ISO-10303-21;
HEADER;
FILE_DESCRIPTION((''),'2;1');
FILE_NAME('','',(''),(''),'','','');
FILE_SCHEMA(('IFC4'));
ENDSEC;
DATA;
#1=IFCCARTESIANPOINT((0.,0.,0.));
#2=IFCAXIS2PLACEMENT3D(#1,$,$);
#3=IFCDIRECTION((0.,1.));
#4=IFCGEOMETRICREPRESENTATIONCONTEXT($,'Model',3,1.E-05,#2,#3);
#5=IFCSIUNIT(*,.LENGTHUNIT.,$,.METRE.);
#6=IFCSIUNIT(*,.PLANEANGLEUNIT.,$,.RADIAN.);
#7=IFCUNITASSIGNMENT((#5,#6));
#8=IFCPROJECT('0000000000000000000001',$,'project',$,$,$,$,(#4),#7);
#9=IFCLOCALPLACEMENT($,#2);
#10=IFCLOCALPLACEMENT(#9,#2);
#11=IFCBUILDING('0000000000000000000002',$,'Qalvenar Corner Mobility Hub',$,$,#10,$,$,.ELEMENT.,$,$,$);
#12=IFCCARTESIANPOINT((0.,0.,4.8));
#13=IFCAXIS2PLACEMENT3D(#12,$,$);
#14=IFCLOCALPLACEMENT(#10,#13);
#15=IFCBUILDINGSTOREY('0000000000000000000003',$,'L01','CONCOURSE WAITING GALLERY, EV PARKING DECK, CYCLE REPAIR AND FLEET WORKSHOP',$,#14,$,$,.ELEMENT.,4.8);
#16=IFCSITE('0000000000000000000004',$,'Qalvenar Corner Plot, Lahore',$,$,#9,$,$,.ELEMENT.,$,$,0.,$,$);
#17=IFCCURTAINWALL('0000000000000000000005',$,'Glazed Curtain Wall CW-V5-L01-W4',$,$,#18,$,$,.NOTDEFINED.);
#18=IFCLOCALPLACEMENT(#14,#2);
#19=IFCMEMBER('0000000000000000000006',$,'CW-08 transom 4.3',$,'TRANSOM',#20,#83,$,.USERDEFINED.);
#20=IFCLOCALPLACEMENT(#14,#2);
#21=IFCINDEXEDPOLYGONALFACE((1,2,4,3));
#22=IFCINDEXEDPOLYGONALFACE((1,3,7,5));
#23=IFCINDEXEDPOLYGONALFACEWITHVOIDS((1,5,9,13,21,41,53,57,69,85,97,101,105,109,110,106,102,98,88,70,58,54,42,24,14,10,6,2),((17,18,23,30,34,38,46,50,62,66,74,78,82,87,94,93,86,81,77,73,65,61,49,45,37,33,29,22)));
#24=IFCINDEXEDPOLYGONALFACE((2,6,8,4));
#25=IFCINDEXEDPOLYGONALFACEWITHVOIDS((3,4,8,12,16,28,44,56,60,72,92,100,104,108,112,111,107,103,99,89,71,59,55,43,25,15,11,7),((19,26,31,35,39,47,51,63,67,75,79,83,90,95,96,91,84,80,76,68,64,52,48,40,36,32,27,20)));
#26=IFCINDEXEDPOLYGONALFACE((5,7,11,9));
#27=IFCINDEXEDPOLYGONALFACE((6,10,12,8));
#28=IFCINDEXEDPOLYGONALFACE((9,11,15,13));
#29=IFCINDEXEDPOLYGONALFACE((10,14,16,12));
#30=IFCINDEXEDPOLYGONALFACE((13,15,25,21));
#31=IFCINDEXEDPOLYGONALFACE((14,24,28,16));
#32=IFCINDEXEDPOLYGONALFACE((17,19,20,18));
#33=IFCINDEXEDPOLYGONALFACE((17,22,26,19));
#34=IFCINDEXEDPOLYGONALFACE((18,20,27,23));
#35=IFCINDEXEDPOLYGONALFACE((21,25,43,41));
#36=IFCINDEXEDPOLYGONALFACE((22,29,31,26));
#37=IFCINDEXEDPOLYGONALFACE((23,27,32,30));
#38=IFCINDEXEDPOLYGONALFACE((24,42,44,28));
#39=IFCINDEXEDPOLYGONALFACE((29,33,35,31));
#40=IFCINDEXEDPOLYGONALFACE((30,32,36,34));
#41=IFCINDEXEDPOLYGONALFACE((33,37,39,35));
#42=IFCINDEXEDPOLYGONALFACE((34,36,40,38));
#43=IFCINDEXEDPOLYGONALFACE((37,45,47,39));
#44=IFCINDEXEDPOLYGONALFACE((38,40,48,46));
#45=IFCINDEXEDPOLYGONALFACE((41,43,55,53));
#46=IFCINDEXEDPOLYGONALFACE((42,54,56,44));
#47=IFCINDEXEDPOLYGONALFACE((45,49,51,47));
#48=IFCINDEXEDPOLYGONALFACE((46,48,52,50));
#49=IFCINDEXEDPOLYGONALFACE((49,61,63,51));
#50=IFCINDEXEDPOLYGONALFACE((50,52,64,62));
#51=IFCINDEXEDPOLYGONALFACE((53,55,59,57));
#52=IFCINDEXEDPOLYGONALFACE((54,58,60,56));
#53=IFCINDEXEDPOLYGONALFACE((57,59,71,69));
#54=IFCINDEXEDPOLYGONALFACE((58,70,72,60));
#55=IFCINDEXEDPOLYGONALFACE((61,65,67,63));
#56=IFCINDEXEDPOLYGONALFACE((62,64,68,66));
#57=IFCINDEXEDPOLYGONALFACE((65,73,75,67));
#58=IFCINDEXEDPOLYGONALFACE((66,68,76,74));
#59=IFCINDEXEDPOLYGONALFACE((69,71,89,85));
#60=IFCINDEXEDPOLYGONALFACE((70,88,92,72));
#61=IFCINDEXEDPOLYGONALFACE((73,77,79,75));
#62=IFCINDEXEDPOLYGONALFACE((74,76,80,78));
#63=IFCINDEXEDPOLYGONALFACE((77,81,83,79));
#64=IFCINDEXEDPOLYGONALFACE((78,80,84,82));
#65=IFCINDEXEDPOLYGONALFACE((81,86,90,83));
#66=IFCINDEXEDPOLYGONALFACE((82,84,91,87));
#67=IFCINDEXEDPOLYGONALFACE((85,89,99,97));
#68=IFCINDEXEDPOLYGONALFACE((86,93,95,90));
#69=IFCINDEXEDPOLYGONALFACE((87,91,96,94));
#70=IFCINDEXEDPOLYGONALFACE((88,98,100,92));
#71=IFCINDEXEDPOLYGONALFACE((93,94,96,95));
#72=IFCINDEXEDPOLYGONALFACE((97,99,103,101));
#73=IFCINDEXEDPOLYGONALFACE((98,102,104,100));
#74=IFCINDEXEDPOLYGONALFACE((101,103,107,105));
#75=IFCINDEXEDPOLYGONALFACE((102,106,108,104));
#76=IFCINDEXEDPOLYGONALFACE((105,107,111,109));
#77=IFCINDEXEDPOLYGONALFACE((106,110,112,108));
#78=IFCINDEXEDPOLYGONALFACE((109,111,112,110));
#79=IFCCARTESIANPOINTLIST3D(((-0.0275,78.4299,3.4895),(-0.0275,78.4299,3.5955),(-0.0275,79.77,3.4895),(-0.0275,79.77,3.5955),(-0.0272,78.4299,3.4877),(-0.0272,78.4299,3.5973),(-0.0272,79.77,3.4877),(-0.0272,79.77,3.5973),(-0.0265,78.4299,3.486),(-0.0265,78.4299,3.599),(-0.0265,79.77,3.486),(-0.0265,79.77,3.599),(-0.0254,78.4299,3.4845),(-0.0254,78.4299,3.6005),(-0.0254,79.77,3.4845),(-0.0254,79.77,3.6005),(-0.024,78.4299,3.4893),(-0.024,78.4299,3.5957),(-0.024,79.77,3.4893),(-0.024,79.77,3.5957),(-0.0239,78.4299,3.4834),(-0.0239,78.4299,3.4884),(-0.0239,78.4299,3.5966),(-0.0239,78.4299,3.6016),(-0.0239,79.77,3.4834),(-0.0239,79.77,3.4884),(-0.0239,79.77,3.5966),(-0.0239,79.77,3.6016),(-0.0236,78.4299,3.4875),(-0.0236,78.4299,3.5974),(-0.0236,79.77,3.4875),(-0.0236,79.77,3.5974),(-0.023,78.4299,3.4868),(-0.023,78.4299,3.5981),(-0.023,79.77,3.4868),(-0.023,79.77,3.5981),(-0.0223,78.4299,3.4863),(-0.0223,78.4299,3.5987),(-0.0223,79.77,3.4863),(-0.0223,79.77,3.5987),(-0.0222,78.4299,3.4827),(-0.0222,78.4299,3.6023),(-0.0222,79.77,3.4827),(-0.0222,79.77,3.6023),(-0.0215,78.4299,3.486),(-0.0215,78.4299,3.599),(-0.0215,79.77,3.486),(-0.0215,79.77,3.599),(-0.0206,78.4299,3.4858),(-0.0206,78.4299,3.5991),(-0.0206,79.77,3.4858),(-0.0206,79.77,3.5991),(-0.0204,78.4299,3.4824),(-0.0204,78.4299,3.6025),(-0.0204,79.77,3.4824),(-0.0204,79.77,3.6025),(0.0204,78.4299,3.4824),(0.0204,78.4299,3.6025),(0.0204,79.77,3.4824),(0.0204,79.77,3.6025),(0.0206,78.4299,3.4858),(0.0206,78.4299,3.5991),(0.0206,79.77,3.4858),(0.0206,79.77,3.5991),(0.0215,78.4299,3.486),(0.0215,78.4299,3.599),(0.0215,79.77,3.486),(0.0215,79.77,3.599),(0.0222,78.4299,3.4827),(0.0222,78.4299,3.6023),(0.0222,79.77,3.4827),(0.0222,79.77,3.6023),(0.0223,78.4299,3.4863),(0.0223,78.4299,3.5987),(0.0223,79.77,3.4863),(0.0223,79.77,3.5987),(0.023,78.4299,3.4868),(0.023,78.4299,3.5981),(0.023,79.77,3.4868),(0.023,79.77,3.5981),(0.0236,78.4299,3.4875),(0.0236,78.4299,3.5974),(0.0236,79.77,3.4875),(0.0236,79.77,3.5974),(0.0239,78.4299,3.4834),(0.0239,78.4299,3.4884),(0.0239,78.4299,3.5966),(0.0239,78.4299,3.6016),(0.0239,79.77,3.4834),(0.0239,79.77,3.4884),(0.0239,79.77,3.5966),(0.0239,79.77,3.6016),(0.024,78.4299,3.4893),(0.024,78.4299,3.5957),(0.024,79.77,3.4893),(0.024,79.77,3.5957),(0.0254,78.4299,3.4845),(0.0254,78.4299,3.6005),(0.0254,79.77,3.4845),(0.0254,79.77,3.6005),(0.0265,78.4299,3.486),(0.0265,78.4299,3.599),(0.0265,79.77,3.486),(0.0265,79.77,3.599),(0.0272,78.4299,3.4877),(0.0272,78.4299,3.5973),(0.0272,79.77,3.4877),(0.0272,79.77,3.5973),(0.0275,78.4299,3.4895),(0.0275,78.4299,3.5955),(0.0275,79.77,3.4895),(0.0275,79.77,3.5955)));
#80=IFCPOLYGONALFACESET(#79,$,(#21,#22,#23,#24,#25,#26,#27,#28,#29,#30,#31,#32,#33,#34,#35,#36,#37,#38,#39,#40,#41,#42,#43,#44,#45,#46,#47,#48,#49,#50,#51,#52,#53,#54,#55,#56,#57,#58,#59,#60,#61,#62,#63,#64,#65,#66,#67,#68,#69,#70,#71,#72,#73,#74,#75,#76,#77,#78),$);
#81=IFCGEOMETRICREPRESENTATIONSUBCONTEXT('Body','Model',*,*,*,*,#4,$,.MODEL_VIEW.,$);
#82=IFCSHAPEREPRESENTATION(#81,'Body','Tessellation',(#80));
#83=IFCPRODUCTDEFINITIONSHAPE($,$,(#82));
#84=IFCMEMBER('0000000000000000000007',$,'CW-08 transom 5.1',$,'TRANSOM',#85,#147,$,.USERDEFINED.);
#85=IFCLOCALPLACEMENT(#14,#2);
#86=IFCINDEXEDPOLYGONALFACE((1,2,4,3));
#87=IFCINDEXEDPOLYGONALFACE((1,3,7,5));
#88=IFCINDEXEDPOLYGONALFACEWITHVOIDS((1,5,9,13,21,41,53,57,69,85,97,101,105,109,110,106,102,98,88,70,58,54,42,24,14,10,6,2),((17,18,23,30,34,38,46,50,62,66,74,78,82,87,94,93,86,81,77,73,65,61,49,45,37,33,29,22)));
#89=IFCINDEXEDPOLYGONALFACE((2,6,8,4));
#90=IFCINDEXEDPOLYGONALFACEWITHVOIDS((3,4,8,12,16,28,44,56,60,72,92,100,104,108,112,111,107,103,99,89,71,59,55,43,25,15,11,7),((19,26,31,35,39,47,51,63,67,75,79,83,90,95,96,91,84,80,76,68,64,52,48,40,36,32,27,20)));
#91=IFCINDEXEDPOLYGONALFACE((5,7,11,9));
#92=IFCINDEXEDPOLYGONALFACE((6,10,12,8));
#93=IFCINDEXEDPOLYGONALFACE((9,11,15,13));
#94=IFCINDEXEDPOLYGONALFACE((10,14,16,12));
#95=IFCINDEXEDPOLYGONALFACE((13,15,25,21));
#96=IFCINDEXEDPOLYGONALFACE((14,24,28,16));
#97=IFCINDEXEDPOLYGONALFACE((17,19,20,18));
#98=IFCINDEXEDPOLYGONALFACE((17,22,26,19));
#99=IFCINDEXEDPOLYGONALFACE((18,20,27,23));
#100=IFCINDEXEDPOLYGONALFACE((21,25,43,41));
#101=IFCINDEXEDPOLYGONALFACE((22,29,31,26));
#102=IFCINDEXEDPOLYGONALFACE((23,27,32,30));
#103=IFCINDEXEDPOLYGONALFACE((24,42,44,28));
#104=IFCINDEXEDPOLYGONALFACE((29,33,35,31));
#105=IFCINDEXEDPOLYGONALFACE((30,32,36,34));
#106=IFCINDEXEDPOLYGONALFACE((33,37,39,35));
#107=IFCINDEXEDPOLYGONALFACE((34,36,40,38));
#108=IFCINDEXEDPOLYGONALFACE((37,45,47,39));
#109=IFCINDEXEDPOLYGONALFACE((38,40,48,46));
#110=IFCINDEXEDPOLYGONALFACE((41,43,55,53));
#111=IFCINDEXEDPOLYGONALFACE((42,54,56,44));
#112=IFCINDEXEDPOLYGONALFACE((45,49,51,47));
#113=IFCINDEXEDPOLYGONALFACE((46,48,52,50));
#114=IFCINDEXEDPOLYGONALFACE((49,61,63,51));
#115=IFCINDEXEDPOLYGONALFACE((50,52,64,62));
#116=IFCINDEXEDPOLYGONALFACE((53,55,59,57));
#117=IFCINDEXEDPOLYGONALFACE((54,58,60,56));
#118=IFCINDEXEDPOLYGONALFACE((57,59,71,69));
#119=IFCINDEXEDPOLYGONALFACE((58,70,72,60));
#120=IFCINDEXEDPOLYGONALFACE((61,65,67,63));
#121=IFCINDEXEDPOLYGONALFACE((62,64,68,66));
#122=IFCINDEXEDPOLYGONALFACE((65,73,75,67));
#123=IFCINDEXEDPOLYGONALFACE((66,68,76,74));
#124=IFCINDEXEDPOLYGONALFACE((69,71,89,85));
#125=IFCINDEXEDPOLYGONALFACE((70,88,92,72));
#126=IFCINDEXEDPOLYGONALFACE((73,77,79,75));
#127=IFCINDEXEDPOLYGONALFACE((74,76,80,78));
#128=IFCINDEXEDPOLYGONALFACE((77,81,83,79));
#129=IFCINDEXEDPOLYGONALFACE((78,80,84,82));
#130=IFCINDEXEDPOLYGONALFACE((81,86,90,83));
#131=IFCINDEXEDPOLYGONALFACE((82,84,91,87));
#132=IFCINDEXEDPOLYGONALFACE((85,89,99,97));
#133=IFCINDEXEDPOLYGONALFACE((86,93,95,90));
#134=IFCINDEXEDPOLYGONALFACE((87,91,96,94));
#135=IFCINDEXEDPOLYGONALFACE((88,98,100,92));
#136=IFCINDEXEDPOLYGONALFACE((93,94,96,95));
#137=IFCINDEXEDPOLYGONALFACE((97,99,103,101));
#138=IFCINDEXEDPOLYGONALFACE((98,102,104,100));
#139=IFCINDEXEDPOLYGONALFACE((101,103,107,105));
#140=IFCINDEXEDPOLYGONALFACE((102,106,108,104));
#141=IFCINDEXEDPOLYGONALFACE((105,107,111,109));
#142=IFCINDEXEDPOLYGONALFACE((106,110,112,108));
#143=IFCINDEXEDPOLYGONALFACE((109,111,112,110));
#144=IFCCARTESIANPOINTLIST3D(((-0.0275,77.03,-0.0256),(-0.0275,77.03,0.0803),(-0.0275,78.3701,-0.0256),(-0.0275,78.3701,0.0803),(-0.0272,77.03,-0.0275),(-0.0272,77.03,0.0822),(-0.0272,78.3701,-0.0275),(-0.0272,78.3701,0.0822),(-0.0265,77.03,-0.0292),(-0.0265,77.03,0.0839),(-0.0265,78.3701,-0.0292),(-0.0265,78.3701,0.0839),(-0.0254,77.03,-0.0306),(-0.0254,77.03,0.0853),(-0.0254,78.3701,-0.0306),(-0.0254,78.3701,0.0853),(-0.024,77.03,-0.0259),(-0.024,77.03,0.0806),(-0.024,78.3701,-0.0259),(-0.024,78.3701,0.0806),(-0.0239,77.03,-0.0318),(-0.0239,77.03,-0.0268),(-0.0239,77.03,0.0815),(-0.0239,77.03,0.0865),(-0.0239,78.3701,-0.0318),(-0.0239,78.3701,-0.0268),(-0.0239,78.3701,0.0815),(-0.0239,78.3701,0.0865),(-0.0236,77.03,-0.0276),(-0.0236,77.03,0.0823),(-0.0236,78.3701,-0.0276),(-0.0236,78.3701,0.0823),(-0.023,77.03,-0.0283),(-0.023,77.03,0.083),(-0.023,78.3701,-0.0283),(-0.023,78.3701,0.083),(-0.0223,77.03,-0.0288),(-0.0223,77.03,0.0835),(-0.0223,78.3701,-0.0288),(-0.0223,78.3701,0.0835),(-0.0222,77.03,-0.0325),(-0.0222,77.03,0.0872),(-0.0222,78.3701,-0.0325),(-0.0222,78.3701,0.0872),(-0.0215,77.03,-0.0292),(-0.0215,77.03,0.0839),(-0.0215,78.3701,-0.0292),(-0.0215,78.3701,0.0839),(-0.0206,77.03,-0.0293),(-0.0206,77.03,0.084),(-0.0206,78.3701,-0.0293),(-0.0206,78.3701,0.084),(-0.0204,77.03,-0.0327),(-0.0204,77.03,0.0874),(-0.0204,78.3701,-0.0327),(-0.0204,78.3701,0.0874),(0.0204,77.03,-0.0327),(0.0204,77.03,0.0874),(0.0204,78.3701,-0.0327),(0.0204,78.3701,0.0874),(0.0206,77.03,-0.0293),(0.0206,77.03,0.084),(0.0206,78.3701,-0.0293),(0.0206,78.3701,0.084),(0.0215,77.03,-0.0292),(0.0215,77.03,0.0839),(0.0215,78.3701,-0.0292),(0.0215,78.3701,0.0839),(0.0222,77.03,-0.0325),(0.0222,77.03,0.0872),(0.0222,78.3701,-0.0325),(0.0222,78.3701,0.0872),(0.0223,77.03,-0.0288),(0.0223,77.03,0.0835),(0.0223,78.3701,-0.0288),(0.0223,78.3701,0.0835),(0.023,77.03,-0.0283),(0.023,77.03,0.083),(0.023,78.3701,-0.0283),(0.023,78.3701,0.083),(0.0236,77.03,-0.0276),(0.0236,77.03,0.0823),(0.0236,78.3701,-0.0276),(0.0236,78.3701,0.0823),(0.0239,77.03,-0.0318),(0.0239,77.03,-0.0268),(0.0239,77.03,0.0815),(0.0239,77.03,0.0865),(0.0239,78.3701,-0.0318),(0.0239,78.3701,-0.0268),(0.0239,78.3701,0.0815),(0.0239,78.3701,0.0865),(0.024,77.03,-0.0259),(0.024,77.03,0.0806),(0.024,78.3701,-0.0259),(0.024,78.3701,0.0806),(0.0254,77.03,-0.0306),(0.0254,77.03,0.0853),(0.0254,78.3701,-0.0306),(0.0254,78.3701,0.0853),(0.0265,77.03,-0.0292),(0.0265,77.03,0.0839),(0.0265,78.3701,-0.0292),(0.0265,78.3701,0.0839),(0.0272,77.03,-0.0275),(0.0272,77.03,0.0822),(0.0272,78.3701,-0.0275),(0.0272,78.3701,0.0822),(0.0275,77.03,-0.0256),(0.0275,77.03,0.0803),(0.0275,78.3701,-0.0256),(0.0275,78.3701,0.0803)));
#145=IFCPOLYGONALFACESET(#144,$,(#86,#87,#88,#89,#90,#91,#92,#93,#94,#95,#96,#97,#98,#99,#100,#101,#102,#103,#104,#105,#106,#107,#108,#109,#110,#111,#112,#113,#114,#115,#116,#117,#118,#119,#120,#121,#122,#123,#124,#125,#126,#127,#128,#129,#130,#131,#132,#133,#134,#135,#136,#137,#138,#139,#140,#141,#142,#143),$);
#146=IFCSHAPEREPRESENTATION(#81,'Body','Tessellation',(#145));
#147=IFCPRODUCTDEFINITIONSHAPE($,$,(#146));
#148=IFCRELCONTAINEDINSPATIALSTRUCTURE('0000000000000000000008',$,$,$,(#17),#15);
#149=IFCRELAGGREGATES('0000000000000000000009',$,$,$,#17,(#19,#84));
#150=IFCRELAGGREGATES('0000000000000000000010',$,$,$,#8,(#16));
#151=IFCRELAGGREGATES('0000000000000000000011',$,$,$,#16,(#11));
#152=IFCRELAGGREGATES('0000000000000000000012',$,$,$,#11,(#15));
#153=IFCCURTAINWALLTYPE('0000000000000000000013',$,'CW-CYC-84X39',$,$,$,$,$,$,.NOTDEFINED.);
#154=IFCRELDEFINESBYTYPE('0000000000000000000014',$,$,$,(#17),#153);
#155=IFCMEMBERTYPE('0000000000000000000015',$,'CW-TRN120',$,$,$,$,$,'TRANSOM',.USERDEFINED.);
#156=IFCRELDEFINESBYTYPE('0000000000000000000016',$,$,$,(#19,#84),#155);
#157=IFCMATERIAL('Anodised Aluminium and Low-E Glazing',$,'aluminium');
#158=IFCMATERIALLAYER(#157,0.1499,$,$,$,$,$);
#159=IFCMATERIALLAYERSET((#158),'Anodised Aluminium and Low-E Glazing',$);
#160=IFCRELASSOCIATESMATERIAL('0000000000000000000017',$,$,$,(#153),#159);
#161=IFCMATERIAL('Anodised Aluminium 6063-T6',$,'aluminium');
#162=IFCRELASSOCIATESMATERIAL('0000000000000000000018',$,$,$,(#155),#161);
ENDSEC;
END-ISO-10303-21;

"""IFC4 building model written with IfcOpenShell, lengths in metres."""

from ifc_helpers import new_model, si_unit, direction, frame, origin, origin_2d, place, context, subcontext, project, spatial, hollow_rectangle, extrude, material, layer, layer_set, material_profile, profile_set, type_object, element, aggregate, save


model = new_model("IFC4")

# Units and contexts
model_context = context("Model", 3, precision=1e-05, world=origin(), true_north=direction((0.0, 1.0)))
body_context = subcontext(model_context, "Body", "Model", "MODEL_VIEW")
ifc_project = project(units=[si_unit("LENGTHUNIT", "METRE"), si_unit("PLANEANGLEUNIT", "RADIAN")], contexts=[model_context])

# Site, building, storey
site_placement = place(None, origin())
site = spatial("IfcSite", under=ifc_project, at=site_placement, Name="Qalvenar Corner Plot, Lahore", CompositionType="ELEMENT", RefElevation=0.0)
building_placement = place(site_placement, origin())
building = spatial("IfcBuilding", under=site, at=building_placement, Name="Qalvenar Corner Mobility Hub", CompositionType="ELEMENT")
storey_placement = place(building_placement, frame((0.0, 0.0, 4.8)))
storey = spatial("IfcBuildingStorey", under=building, at=storey_placement, Name="L01", Description="CONCOURSE WAITING GALLERY, EV PARKING DECK, CYCLE REPAIR AND FLEET WORKSHOP", CompositionType="ELEMENT", Elevation=4.8)

# Curtain wall, members
ifc_material_1 = material(Name="Anodised Aluminium and Low-E Glazing", Category="aluminium")
ifc_layer_1 = layer(ifc_material_1, 0.1499)
ifc_layer_set_1 = layer_set([ifc_layer_1], Name="Anodised Aluminium and Low-E Glazing")
curtain_wall_type = type_object("IfcCurtainWallType", Name="CW-CYC-84X39", PredefinedType="NOTDEFINED", material=ifc_layer_set_1)
curtain_wall_placement = place(storey_placement, origin())
curtain_wall = element("IfcCurtainWall", 1, at=curtain_wall_placement, inside=storey, type_object=curtain_wall_type, Name="Glazed Curtain Wall CW-V5-L01-W4", PredefinedType="NOTDEFINED")
ifc_material_2 = material(Name="Anodised Aluminium 6063-T6", Category="aluminium")
ifc_material_profile_1 = material_profile(ifc_material_2, hollow_rectangle(XDim=0.0549, YDim=0.1201, WallThickness=0.0034, InnerFilletRadius=0.0034, OuterFilletRadius=0.0071, at=origin_2d()), Name="RHS120x55x3.5")
ifc_profile_set_1 = profile_set([ifc_material_profile_1], Name="Anodised Aluminium 6063-T6")
member_type_1 = type_object("IfcMemberType", Name="CW-TRN120", ElementType="TRANSOM", PredefinedType="USERDEFINED", material=ifc_profile_set_1)
member_1_placement = place(storey_placement, frame((0.0, 79.77, 3.5425), z_axis=(0.0, -1.0, 0.0), x_axis=(1.0, 0.0, 0.0)))
member_1 = element("IfcMember", 2, at=member_1_placement, type_object=member_type_1, Name="CW-08 transom 4.3", ObjectType="TRANSOM", PredefinedType="USERDEFINED", context=body_context, shape_type="SweptSolid", body=[
    extrude(hollow_rectangle(XDim=0.0549, YDim=0.1201, WallThickness=0.0034, InnerFilletRadius=0.0034, OuterFilletRadius=0.0071, at=origin_2d()), origin(), (0.0, 0.0, 1.0), 1.3401),
])
member_2_placement = place(storey_placement, frame((0.0, 78.3701, 0.0273), z_axis=(0.0, -1.0, 0.0), x_axis=(1.0, 0.0, 0.0)))
member_2 = element("IfcMember", 3, at=member_2_placement, type_object=member_type_1, Name="CW-08 transom 5.1", ObjectType="TRANSOM", PredefinedType="USERDEFINED", context=body_context, shape_type="SweptSolid", body=[
    extrude(hollow_rectangle(XDim=0.0549, YDim=0.1201, WallThickness=0.0034, InnerFilletRadius=0.0034, OuterFilletRadius=0.0071, at=origin_2d()), origin(), (0.0, 0.0, 1.0), 1.3401),
])
aggregate(curtain_wall, [member_1, member_2])

save(model, "model.ifc")
